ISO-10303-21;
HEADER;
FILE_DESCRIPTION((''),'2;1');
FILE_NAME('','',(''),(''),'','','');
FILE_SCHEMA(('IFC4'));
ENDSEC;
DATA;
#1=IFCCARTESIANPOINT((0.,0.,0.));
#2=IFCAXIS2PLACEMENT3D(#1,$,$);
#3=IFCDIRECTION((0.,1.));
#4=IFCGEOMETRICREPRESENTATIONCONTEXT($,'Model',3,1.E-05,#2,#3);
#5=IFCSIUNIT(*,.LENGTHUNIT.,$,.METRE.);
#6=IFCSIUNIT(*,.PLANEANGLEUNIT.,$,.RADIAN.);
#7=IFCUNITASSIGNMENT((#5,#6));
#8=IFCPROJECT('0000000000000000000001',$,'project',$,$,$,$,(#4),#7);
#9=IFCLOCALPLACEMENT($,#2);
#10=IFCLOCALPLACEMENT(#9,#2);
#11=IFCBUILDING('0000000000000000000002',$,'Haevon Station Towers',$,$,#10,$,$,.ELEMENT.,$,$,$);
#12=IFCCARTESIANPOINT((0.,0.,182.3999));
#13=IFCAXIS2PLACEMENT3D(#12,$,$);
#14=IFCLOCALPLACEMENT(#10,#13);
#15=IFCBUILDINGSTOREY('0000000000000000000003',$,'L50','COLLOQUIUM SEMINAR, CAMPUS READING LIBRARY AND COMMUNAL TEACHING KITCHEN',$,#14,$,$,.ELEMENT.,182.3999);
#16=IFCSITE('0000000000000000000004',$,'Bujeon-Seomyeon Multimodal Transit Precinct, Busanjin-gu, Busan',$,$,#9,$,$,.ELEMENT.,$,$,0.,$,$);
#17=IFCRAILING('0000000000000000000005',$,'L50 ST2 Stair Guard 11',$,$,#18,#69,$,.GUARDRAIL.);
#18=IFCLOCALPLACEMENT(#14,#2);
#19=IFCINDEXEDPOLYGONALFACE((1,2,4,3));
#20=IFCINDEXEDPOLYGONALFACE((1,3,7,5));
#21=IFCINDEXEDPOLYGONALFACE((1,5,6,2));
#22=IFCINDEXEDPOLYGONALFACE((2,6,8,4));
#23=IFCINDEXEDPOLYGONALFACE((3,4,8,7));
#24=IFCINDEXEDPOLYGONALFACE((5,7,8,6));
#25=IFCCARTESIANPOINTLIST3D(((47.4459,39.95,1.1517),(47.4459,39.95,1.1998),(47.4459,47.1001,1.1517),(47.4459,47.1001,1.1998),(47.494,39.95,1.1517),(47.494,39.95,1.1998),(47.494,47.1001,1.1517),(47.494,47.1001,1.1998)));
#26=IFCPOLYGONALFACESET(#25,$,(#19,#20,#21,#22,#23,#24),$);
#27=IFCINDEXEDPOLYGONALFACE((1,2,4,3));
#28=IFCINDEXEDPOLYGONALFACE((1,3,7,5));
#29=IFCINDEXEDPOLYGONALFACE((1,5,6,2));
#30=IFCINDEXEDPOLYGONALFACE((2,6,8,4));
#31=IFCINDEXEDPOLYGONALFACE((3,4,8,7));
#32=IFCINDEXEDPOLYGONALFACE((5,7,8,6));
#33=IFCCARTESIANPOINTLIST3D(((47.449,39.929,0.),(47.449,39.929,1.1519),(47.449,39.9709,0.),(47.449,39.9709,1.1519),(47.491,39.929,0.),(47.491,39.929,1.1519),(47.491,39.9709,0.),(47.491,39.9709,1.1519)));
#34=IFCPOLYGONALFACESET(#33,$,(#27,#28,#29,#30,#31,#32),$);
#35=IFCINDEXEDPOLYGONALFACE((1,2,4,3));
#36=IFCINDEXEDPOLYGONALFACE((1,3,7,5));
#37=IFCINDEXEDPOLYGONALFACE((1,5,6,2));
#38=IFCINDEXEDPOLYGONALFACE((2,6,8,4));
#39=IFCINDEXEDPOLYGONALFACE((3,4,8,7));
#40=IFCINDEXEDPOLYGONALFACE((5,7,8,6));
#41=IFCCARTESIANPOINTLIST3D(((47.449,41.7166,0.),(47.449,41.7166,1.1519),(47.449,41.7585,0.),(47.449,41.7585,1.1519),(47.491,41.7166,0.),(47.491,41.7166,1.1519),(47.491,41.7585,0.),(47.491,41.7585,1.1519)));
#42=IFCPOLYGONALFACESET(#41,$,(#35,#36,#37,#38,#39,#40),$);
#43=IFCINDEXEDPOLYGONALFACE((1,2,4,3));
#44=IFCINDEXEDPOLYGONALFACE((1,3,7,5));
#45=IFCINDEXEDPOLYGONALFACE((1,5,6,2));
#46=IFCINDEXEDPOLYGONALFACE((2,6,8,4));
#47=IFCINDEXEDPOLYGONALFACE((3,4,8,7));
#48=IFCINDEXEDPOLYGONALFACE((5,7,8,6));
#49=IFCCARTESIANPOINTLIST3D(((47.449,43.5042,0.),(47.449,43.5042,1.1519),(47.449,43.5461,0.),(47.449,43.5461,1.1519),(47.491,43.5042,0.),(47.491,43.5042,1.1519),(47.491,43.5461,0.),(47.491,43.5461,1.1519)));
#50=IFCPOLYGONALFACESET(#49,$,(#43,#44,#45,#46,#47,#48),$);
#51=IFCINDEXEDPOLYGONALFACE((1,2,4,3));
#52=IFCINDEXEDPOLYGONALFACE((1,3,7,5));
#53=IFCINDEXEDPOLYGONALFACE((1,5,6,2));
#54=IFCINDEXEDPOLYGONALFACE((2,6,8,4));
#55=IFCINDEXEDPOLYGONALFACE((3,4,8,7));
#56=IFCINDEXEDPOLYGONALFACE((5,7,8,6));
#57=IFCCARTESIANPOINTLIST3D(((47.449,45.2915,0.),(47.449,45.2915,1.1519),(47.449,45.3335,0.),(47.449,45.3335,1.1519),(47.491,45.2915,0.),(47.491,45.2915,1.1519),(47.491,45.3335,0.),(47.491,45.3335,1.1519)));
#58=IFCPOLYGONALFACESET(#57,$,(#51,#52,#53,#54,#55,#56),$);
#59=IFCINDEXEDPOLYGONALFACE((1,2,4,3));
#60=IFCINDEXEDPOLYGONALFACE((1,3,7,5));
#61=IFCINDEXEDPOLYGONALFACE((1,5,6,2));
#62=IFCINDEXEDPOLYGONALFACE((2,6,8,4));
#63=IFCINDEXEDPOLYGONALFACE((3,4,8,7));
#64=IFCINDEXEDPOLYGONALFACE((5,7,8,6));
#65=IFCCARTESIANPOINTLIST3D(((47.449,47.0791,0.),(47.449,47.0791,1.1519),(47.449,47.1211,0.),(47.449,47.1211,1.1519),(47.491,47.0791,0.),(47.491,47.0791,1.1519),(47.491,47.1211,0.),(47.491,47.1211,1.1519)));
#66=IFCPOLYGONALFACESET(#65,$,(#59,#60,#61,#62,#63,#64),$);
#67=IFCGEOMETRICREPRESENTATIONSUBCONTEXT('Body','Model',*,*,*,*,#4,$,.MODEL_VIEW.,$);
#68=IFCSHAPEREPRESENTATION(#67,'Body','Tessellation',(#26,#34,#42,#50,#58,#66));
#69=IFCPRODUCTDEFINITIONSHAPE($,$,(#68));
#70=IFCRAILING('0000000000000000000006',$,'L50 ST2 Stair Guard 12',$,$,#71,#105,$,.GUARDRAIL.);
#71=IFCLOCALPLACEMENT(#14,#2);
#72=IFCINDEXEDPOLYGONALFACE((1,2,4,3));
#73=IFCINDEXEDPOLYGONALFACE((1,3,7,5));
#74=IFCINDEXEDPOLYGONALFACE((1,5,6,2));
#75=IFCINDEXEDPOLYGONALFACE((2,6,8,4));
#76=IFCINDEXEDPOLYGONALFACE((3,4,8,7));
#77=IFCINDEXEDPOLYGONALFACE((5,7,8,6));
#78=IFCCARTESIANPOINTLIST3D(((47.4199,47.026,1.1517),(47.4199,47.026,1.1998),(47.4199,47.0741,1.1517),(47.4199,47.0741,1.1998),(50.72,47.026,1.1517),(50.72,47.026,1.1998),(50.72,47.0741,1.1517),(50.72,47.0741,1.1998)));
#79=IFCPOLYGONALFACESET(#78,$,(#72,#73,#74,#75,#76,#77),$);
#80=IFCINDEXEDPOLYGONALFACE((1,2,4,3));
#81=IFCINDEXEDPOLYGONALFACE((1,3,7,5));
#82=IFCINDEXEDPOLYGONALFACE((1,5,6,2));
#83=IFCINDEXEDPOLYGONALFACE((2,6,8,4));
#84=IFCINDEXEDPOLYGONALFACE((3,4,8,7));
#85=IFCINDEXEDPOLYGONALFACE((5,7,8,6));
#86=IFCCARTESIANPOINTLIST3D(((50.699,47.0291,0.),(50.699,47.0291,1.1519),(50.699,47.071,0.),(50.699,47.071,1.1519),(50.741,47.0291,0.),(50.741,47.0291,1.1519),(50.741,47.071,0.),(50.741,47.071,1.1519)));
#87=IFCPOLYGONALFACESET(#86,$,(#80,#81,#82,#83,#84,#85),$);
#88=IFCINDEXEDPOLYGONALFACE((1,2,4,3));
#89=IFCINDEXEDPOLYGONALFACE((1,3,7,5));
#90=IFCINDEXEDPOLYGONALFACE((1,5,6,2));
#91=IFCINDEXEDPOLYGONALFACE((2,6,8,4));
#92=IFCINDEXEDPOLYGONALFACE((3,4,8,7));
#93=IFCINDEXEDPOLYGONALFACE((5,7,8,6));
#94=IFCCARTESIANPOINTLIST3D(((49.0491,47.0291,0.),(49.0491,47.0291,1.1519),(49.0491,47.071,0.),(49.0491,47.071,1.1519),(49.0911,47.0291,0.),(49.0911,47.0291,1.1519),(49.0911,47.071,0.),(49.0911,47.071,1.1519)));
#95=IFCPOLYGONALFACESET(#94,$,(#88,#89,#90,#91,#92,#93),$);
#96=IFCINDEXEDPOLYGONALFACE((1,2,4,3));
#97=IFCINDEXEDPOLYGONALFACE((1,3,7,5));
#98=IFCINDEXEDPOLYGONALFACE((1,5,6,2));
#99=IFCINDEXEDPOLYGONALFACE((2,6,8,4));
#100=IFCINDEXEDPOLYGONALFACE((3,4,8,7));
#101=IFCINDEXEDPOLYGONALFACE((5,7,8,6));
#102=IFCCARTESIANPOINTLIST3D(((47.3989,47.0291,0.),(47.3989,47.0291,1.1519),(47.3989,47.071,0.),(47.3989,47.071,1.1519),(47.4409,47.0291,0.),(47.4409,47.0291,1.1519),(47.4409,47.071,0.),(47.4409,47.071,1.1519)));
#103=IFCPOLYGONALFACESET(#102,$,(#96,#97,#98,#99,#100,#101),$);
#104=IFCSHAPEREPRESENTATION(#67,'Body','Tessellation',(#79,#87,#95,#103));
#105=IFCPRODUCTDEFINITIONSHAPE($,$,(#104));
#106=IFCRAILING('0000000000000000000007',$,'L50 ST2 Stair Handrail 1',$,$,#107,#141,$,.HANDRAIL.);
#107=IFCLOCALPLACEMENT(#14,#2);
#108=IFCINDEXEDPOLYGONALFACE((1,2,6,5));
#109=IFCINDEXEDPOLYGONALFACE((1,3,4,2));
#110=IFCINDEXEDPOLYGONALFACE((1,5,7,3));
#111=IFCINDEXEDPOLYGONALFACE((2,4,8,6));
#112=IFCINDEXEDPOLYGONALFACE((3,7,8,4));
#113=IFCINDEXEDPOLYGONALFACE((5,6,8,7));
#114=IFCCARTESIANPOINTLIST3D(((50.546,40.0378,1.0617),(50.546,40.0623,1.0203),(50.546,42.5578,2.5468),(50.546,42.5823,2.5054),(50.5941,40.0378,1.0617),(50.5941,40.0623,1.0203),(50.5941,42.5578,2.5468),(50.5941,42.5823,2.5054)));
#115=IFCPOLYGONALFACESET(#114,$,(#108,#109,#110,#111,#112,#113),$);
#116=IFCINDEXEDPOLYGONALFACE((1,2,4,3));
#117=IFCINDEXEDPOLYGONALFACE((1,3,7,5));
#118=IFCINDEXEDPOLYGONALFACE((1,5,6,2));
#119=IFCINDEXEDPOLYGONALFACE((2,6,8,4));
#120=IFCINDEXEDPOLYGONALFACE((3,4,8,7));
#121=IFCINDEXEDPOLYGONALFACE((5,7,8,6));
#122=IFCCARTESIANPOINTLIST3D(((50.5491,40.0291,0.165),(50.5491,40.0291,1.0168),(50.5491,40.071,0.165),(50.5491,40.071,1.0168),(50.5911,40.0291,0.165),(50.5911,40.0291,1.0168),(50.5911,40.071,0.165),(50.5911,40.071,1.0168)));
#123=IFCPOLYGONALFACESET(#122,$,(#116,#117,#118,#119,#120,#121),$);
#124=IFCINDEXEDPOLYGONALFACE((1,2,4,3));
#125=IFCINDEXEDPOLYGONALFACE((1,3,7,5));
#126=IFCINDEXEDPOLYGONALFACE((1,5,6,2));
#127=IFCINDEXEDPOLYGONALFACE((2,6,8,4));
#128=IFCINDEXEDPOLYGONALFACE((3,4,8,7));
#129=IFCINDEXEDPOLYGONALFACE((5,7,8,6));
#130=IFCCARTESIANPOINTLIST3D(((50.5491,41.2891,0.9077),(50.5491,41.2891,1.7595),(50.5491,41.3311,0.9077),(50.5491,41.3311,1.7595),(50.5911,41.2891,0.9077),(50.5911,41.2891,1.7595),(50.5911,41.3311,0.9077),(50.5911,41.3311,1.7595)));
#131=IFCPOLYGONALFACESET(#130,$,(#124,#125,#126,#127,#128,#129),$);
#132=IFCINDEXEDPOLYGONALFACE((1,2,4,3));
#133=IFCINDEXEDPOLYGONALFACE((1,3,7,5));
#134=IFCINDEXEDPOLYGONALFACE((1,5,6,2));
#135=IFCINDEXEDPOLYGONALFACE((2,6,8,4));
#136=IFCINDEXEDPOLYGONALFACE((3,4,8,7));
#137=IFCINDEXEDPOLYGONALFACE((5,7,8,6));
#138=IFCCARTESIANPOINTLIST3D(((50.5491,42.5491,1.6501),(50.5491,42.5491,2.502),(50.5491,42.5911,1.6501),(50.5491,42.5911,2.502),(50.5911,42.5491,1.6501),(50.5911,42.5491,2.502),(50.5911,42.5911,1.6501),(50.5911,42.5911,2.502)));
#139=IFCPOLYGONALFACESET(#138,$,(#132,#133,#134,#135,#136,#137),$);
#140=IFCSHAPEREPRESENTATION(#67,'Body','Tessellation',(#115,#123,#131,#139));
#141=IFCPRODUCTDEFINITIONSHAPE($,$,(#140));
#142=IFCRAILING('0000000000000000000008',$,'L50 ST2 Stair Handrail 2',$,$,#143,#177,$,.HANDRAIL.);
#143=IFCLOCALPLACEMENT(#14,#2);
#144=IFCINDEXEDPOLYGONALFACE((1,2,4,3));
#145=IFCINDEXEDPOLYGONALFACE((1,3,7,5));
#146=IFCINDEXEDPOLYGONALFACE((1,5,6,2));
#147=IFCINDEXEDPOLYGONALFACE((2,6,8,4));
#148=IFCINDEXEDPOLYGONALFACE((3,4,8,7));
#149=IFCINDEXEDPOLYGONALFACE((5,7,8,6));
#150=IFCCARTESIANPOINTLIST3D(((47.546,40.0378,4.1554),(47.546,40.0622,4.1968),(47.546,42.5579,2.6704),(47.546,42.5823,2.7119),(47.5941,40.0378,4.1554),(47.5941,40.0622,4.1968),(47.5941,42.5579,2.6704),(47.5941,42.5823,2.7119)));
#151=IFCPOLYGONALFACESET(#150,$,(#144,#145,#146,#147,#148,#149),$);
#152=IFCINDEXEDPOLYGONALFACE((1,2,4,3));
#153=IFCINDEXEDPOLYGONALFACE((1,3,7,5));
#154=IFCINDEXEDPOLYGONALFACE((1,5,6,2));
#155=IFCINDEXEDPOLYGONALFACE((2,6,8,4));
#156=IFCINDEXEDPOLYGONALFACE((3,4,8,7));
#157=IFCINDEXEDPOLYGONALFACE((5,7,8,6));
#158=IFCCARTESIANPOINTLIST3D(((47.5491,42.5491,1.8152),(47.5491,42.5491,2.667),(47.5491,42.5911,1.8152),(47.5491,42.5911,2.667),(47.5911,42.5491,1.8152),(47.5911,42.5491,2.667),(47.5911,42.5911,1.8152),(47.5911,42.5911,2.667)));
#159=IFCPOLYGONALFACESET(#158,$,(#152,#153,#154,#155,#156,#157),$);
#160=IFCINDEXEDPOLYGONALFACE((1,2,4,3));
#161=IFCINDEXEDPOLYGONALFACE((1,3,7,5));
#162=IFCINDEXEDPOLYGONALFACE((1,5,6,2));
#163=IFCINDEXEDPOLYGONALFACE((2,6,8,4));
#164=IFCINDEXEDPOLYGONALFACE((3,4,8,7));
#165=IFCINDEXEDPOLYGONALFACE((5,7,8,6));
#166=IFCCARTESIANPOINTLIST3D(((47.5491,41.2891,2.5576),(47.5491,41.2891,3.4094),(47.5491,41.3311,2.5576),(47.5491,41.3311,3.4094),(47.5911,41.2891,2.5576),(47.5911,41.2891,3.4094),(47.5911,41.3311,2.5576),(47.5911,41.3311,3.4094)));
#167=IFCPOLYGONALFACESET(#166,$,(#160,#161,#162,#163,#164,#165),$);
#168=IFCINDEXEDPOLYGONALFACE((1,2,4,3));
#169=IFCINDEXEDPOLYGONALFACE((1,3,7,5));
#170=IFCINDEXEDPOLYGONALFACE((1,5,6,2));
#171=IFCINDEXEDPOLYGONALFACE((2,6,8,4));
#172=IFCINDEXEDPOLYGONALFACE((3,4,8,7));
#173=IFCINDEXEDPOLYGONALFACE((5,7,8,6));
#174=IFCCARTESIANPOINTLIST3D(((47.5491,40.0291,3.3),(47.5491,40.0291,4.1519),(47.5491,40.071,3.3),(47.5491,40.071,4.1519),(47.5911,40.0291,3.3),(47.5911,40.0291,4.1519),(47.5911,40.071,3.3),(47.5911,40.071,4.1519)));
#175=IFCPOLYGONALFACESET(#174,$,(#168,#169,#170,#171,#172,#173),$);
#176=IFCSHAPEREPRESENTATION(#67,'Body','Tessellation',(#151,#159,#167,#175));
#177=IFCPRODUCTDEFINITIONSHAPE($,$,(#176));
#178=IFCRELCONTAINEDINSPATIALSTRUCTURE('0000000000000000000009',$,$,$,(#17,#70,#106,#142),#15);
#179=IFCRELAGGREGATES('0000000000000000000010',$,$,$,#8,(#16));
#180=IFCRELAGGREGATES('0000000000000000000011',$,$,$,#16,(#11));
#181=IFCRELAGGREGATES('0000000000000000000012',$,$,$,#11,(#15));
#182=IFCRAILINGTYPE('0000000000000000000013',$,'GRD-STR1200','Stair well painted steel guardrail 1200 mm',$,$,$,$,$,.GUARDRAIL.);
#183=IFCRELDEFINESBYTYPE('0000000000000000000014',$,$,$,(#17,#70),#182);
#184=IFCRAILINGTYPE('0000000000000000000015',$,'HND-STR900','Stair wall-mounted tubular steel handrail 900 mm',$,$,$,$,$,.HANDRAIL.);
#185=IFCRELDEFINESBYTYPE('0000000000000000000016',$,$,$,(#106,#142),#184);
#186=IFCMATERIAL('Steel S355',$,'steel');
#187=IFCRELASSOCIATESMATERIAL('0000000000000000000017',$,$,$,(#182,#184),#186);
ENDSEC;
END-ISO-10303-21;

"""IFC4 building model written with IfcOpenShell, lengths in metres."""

from ifc_helpers import new_model, si_unit, direction, frame, origin, origin_2d, place, context, subcontext, project, spatial, rectangle, extrude, material, type_object, element, save


model = new_model("IFC4")

# Units and contexts
model_context = context("Model", 3, precision=1e-05, world=origin(), true_north=direction((0.0, 1.0)))
body_context = subcontext(model_context, "Body", "Model", "MODEL_VIEW")
ifc_project = project(units=[si_unit("LENGTHUNIT", "METRE"), si_unit("PLANEANGLEUNIT", "RADIAN")], contexts=[model_context])

# Site, building, storey
site_placement = place(None, origin())
site = spatial("IfcSite", under=ifc_project, at=site_placement, Name="Bujeon-Seomyeon Multimodal Transit Precinct, Busanjin-gu, Busan", CompositionType="ELEMENT", RefElevation=0.0)
building_placement = place(site_placement, origin())
building = spatial("IfcBuilding", under=site, at=building_placement, Name="Haevon Station Towers", CompositionType="ELEMENT")
storey_placement = place(building_placement, frame((0.0, 0.0, 182.3999)))
storey = spatial("IfcBuildingStorey", under=building, at=storey_placement, Name="L50", Description="COLLOQUIUM SEMINAR, CAMPUS READING LIBRARY AND COMMUNAL TEACHING KITCHEN", CompositionType="ELEMENT", Elevation=182.3999)

# Shared definitions
ifc_material_1 = material(Name="Steel S355", Category="steel")

# Railings
railing_type_1 = type_object("IfcRailingType", Name="GRD-STR1200", Description="Stair well painted steel guardrail 1200 mm", PredefinedType="GUARDRAIL", material=ifc_material_1)
for number, where, name in (
    (1, (47.47, 39.95, 0.0), "L50 ST2 Stair Guard 11"),
):
    element("IfcRailing", number, at=place(storey_placement, frame(where)), inside=storey, type_object=railing_type_1, Name=name, PredefinedType="GUARDRAIL", context=body_context, shape_type="SweptSolid", body=[
        extrude(rectangle(XDim=0.0481, YDim=0.0481, at=origin_2d()), frame((0.0, 0.0, 1.1758), z_axis=(0.0, 1.0, 0.0), x_axis=(-1.0, 0.0, 0.0)), (0.0, 0.0, 1.0), 7.1501),
        extrude(rectangle(XDim=0.042, YDim=0.042, at=origin_2d()), origin(), (0.0, 0.0, 1.0), 1.1519),
        extrude(rectangle(XDim=0.042, YDim=0.042, at=origin_2d()), frame((0.0, 1.7876, 0.0)), (0.0, 0.0, 1.0), 1.1519),
        extrude(rectangle(XDim=0.042, YDim=0.042, at=origin_2d()), frame((0.0, 3.5752, 0.0)), (0.0, 0.0, 1.0), 1.1519),
        extrude(rectangle(XDim=0.042, YDim=0.042, at=origin_2d()), frame((0.0, 5.3625, 0.0)), (0.0, 0.0, 1.0), 1.1519),
        extrude(rectangle(XDim=0.042, YDim=0.042, at=origin_2d()), frame((0.0, 7.1501, 0.0)), (0.0, 0.0, 1.0), 1.1519),
    ])
railing_1_placement = place(storey_placement, frame((50.72, 47.05, 0.0)))
element("IfcRailing", 2, at=railing_1_placement, inside=storey, type_object=railing_type_1, Name="L50 ST2 Stair Guard 12", PredefinedType="GUARDRAIL", context=body_context, shape_type="SweptSolid", body=[
    extrude(rectangle(XDim=0.0481, YDim=0.0481, at=origin_2d()), frame((0.0, 0.0, 1.1758), z_axis=(-1.0, 0.0, 0.0), x_axis=(0.0, -1.0, 0.0)), (0.0, 0.0, 1.0), 3.3),
    extrude(rectangle(XDim=0.042, YDim=0.042, at=origin_2d()), origin(), (0.0, 0.0, 1.0), 1.1519),
    extrude(rectangle(XDim=0.042, YDim=0.042, at=origin_2d()), frame((-1.6499, 0.0, 0.0)), (0.0, 0.0, 1.0), 1.1519),
    extrude(rectangle(XDim=0.042, YDim=0.042, at=origin_2d()), frame((-3.3, 0.0, 0.0)), (0.0, 0.0, 1.0), 1.1519),
])
railing_type_2 = type_object("IfcRailingType", Name="HND-STR900", Description="Stair wall-mounted tubular steel handrail 900 mm", PredefinedType="HANDRAIL", material=ifc_material_1)
railing_2_placement = place(storey_placement, frame((50.5701, 40.05, 0.165)))
element("IfcRailing", 3, at=railing_2_placement, inside=storey, type_object=railing_type_2, Name="L50 ST2 Stair Handrail 1", PredefinedType="HANDRAIL", context=body_context, shape_type="SweptSolid", body=[
    extrude(rectangle(XDim=0.0481, YDim=0.0481, at=origin_2d()), frame((0.0, 0.0, 0.876), z_axis=(0.0, 0.861524, 0.507717), x_axis=(-1.0, 0.0, 0.0)), (0.0, 0.0, 1.0), 2.925),
    extrude(rectangle(XDim=0.042, YDim=0.042, at=origin_2d()), origin(), (0.0, 0.0, 1.0), 0.8518),
    extrude(rectangle(XDim=0.042, YDim=0.042, at=origin_2d()), frame((0.0, 1.26, 0.7427)), (0.0, 0.0, 1.0), 0.8518),
    extrude(rectangle(XDim=0.042, YDim=0.042, at=origin_2d()), frame((0.0, 2.52, 1.4851)), (0.0, 0.0, 1.0), 0.8518),
])
railing_3_placement = place(storey_placement, frame((47.5701, 42.5701, 1.8152)))
element("IfcRailing", 4, at=railing_3_placement, inside=storey, type_object=railing_type_2, Name="L50 ST2 Stair Handrail 2", PredefinedType="HANDRAIL", context=body_context, shape_type="SweptSolid", body=[
    extrude(rectangle(XDim=0.0481, YDim=0.0481, at=origin_2d()), frame((0.0, 0.0, 0.876), z_axis=(0.0, -0.861561, 0.507655), x_axis=(1.0, 0.0, 0.0)), (0.0, 0.0, 1.0), 2.925),
    extrude(rectangle(XDim=0.042, YDim=0.042, at=origin_2d()), origin(), (0.0, 0.0, 1.0), 0.8518),
    extrude(rectangle(XDim=0.042, YDim=0.042, at=origin_2d()), frame((0.0, -1.26, 0.7424)), (0.0, 0.0, 1.0), 0.8518),
    extrude(rectangle(XDim=0.042, YDim=0.042, at=origin_2d()), frame((0.0, -2.52, 1.4849)), (0.0, 0.0, 1.0), 0.8518),
])

save(model, "model.ifc")
